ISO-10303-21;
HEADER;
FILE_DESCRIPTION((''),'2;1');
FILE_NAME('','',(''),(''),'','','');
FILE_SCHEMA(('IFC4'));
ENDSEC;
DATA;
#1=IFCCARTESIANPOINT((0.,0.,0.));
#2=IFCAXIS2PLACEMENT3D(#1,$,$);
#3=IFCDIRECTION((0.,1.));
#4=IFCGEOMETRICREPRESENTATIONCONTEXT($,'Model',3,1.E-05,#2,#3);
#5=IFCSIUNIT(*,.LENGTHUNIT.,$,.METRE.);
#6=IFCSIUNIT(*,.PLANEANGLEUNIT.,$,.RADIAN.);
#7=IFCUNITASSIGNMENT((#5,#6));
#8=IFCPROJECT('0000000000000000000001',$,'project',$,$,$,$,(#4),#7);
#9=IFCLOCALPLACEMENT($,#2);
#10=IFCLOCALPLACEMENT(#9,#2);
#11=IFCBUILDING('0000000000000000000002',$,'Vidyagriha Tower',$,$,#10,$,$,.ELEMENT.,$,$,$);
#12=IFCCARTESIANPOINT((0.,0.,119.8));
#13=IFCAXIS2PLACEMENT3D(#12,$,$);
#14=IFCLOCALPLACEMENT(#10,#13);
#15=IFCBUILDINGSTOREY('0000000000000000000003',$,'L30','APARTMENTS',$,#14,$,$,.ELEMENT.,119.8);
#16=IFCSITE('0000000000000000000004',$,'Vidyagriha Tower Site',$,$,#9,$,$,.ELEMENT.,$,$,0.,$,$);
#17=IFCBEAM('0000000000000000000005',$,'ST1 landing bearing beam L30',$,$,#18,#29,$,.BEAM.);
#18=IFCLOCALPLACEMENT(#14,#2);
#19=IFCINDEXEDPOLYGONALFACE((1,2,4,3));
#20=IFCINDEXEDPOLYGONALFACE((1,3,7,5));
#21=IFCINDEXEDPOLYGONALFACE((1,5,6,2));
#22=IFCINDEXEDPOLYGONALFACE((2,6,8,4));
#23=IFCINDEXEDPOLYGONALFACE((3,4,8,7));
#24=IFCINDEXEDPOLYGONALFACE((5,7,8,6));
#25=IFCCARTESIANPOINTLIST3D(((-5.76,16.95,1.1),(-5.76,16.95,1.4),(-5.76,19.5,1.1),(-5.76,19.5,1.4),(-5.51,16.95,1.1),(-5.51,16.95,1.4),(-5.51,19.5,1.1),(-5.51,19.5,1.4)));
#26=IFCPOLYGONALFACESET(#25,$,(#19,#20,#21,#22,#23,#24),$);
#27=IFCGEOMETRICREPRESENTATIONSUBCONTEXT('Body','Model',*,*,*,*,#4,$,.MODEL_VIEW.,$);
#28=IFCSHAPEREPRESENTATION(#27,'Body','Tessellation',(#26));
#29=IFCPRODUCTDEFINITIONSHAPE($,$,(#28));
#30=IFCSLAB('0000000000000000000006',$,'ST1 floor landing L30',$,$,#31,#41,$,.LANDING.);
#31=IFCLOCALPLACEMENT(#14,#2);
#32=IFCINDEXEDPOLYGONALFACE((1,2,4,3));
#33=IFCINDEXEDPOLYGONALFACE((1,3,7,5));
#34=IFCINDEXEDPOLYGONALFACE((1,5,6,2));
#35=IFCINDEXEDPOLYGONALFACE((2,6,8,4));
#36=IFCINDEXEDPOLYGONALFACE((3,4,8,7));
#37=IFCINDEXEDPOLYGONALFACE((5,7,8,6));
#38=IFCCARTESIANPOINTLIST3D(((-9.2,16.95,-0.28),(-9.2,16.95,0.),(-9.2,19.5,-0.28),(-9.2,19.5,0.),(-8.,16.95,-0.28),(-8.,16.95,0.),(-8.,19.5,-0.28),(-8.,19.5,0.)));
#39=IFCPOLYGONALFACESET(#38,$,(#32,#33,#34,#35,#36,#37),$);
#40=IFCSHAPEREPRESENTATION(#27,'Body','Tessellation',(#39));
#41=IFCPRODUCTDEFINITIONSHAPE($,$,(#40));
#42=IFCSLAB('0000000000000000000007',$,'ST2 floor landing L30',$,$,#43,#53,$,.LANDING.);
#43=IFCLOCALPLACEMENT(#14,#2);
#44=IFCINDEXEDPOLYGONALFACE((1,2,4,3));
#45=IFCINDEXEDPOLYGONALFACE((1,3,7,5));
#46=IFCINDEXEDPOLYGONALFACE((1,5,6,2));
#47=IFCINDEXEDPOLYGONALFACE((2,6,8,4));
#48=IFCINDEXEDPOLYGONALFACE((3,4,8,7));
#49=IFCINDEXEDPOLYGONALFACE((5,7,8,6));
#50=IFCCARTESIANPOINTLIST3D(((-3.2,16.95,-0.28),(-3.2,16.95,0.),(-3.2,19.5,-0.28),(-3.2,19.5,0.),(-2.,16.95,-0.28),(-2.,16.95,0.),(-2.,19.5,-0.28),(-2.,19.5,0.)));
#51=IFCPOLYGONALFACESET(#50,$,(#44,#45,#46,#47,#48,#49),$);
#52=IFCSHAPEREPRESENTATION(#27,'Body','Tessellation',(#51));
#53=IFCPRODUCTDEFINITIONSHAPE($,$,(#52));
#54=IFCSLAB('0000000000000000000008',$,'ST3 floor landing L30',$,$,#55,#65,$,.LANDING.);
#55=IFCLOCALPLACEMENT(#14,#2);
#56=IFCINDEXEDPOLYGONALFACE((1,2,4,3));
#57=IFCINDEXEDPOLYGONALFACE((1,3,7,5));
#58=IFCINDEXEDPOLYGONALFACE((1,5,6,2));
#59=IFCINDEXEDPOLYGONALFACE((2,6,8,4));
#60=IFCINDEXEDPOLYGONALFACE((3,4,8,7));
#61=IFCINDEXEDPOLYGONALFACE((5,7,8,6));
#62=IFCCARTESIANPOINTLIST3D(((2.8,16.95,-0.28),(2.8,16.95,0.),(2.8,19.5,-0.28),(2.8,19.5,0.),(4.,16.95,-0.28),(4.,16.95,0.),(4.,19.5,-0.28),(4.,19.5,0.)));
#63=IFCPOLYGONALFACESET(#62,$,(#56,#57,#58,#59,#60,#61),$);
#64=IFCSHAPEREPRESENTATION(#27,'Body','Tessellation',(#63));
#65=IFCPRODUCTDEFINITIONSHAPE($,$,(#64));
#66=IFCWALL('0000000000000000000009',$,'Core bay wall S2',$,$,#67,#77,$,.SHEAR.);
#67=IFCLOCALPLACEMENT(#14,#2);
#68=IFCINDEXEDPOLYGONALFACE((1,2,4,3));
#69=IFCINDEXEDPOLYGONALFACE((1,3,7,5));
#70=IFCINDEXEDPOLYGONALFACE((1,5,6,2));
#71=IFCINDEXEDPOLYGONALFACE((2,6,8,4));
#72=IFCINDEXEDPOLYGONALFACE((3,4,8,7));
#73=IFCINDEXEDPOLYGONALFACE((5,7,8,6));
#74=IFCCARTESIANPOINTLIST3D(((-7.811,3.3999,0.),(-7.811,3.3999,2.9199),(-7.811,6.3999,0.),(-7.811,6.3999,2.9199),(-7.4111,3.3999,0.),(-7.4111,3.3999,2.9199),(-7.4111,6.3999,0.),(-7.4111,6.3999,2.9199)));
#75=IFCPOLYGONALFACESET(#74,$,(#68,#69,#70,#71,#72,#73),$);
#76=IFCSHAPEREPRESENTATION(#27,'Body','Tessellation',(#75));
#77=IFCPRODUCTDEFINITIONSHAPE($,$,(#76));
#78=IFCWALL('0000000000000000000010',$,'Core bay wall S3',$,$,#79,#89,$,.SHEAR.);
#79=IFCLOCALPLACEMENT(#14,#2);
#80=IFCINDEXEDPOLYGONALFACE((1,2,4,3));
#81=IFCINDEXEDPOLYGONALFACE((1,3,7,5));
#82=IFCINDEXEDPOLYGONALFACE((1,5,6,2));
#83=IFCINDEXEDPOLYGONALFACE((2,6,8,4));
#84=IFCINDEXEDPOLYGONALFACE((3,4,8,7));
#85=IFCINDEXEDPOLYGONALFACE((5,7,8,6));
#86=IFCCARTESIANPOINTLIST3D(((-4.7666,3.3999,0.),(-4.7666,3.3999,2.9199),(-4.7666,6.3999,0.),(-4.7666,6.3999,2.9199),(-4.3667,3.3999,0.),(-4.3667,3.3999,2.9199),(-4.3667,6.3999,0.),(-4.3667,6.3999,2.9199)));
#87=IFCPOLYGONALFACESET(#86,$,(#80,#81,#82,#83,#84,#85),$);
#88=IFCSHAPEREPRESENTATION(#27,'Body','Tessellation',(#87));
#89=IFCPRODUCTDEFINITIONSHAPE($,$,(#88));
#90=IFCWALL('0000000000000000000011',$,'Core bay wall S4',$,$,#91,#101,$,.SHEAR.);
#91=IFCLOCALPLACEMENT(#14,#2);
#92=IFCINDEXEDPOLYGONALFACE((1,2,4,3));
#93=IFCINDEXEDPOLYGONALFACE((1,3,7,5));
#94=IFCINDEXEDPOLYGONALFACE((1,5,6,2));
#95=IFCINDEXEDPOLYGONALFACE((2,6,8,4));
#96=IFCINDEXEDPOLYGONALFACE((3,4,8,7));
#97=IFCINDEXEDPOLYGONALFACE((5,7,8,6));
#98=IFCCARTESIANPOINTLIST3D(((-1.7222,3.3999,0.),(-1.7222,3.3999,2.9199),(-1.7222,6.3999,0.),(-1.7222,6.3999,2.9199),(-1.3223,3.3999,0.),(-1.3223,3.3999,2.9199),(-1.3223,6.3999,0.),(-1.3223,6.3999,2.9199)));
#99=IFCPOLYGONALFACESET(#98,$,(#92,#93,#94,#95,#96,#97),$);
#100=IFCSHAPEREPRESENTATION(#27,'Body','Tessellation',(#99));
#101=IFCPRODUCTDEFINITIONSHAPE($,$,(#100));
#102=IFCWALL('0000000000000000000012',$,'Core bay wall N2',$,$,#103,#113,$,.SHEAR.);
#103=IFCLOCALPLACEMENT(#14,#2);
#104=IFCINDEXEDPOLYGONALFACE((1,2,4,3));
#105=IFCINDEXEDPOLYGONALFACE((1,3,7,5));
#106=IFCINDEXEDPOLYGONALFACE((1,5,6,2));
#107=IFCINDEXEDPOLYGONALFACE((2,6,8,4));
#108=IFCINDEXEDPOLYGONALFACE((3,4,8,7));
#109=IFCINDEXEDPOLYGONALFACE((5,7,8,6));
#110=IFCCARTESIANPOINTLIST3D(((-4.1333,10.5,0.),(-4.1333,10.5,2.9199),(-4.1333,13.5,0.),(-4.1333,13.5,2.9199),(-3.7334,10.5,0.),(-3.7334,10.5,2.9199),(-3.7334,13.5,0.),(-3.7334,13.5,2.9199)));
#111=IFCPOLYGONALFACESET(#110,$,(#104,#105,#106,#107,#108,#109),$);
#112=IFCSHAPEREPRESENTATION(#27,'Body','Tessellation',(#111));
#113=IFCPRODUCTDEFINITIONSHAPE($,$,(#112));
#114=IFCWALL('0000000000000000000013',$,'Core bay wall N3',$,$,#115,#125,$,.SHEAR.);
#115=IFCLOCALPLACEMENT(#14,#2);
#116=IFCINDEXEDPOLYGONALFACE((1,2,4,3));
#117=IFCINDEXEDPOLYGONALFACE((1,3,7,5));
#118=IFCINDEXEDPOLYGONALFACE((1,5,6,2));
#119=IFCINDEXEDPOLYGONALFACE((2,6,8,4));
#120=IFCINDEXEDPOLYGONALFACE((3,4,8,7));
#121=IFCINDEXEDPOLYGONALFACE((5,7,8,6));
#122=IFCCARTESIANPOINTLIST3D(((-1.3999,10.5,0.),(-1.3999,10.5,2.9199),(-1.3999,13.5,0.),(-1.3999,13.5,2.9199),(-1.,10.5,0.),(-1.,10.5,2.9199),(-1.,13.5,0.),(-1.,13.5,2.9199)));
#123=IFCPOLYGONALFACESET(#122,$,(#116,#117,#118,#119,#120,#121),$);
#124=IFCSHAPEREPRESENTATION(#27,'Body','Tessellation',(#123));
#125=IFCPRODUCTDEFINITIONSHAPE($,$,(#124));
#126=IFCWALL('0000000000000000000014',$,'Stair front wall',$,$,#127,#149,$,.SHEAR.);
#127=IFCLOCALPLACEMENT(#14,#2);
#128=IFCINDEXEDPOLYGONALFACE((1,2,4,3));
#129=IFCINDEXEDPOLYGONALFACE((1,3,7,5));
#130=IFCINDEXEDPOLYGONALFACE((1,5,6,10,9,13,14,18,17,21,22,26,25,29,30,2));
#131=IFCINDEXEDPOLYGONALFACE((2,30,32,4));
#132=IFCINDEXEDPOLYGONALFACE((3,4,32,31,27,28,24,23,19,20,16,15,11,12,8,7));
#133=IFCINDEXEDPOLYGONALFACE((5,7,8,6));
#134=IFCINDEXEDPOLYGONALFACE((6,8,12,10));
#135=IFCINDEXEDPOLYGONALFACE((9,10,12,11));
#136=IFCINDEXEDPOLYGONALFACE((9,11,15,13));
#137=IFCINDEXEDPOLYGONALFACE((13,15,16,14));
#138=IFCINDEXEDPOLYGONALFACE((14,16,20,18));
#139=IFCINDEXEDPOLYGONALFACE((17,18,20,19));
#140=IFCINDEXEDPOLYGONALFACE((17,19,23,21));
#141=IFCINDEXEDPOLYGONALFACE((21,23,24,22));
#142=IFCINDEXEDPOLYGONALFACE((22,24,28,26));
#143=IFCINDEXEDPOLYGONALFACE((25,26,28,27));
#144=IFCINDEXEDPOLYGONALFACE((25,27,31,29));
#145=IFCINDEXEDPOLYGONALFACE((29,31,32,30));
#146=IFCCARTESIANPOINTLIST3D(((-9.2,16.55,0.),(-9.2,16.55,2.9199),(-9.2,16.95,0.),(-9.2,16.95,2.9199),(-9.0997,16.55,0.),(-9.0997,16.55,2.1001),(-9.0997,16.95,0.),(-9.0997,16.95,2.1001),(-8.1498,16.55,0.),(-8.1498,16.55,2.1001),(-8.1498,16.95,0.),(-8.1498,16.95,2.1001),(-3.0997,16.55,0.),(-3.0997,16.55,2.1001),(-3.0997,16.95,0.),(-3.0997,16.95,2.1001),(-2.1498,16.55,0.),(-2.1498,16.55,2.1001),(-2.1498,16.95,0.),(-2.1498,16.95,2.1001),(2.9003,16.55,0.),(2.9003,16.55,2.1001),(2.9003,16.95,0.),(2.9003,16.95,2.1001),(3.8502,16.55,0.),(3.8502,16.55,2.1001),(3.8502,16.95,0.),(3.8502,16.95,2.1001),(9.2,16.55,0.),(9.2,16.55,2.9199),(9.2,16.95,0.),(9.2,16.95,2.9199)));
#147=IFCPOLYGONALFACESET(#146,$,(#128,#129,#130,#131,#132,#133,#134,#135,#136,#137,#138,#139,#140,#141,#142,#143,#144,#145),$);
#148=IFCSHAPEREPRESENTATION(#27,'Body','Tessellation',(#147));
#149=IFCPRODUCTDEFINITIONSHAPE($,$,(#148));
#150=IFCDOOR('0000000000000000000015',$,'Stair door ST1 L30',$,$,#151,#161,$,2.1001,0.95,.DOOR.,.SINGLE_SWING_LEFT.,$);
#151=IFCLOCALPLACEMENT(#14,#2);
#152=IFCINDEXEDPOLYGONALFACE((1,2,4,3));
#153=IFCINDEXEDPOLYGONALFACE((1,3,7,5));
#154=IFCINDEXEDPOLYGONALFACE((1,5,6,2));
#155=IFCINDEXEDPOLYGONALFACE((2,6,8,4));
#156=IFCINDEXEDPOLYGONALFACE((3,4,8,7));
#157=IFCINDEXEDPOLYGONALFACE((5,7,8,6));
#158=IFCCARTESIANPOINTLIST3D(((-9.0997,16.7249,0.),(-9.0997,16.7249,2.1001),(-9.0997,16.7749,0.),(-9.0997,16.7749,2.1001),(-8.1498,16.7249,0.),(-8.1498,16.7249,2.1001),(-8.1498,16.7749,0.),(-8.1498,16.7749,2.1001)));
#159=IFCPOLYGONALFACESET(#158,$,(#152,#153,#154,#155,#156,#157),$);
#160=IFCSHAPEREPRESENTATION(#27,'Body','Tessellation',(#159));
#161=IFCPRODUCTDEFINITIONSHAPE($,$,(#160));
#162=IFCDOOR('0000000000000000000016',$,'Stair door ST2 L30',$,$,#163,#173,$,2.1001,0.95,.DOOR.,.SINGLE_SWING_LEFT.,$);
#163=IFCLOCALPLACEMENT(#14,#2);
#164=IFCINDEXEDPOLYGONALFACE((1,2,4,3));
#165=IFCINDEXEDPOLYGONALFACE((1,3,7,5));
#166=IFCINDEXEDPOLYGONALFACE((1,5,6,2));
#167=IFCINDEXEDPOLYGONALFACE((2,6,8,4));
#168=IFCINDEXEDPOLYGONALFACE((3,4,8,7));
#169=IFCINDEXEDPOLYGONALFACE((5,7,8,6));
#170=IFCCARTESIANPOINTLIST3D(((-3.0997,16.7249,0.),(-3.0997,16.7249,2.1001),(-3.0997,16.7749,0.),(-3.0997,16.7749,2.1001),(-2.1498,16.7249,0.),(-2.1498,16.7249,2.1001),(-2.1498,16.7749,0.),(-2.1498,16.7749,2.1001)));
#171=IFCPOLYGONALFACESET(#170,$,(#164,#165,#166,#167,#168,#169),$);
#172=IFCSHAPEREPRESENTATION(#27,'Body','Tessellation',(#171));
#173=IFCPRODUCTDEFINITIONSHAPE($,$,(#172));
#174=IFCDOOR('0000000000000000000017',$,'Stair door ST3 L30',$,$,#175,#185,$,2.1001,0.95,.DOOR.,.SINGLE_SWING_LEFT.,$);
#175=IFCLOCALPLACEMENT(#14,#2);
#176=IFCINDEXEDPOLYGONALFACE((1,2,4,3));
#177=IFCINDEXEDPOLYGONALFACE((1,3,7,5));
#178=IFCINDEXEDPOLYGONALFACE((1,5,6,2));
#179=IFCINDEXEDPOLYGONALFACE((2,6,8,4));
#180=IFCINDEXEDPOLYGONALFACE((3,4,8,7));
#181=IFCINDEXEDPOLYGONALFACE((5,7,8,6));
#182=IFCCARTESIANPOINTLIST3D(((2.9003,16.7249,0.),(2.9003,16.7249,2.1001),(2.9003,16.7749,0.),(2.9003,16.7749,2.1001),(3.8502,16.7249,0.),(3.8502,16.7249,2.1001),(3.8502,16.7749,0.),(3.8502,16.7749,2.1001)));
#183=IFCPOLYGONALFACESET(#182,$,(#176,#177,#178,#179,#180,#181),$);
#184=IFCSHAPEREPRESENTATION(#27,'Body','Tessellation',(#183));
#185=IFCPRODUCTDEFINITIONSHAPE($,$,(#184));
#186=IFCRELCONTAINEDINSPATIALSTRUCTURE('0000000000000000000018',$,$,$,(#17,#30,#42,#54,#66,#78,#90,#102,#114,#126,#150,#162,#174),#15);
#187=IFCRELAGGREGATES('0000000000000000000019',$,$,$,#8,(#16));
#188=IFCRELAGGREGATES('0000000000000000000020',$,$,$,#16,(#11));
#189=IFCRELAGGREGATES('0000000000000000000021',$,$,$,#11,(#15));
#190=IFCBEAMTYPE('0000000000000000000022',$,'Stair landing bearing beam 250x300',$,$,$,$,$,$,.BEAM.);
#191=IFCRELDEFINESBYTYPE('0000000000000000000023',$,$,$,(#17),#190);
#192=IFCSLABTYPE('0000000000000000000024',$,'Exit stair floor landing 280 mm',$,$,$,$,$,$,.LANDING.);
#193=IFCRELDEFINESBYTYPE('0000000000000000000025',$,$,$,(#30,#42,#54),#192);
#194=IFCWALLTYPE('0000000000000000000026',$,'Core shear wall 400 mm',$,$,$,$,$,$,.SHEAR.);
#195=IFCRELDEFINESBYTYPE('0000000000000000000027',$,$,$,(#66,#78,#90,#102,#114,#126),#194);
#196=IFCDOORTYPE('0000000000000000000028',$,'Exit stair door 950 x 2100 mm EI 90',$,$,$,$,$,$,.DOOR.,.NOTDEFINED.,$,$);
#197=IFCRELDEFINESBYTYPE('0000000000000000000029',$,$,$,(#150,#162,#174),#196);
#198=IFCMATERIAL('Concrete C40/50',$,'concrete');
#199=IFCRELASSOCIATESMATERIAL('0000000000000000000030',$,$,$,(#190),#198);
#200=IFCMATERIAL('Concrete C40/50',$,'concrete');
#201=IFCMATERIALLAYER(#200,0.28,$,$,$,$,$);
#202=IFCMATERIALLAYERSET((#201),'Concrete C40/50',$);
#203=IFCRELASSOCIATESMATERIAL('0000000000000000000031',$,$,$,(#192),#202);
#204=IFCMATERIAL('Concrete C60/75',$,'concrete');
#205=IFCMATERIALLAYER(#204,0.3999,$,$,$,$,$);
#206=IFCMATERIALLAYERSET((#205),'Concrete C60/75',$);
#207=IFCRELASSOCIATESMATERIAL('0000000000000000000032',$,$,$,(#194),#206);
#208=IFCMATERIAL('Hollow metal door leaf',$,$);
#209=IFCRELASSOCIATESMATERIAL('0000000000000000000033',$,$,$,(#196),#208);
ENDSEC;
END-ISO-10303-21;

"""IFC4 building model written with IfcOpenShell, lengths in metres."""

from ifc_helpers import new_model, si_unit, direction, frame, frame_2d, origin, origin_2d, place, context, subcontext, project, spatial, polyline, rectangle, outline, extrude, material, layer, layer_set, material_profile, profile_set, type_object, element, fill, save


model = new_model("IFC4")

# Units and contexts
model_context = context("Model", 3, precision=1e-05, world=origin(), true_north=direction((0.0, 1.0)))
body_context = subcontext(model_context, "Body", "Model", "MODEL_VIEW")
ifc_project = project(units=[si_unit("LENGTHUNIT", "METRE"), si_unit("PLANEANGLEUNIT", "RADIAN")], contexts=[model_context])

# Site, building, storey
site_placement = place(None, origin())
site = spatial("IfcSite", under=ifc_project, at=site_placement, Name="Vidyagriha Tower Site", CompositionType="ELEMENT", RefElevation=0.0)
building_placement = place(site_placement, origin())
building = spatial("IfcBuilding", under=site, at=building_placement, Name="Vidyagriha Tower", CompositionType="ELEMENT")
storey_placement = place(building_placement, frame((0.0, 0.0, 119.8)))
storey = spatial("IfcBuildingStorey", under=building, at=storey_placement, Name="L30", Description="APARTMENTS", CompositionType="ELEMENT", Elevation=119.8)

# Beam
ifc_material_1 = material(Name="Concrete C40/50", Category="concrete")
ifc_material_profile = material_profile(ifc_material_1, rectangle(XDim=0.25, YDim=0.3, at=origin_2d()), Name="Stair landing bearing beam 250x300")
ifc_profile_set = profile_set([ifc_material_profile], Name="Concrete C40/50")
beam_type = type_object("IfcBeamType", Name="Stair landing bearing beam 250x300", PredefinedType="BEAM", material=ifc_profile_set)
beam_placement = place(storey_placement, frame((-5.635, 16.95, 1.25), z_axis=(0.0, 1.0, 0.0), x_axis=(-1.0, 0.0, 0.0)))
element("IfcBeam", 1, at=beam_placement, inside=storey, type_object=beam_type, Name="ST1 landing bearing beam L30", PredefinedType="BEAM", context=body_context, shape_type="SweptSolid", body=[
    extrude(rectangle(XDim=0.25, YDim=0.3, at=origin_2d()), origin(), (0.0, 0.0, 1.0), 2.55),
])

# Slabs
ifc_material_2 = material(Name="Concrete C40/50", Category="concrete")
ifc_layer_1 = layer(ifc_material_2, 0.28)
ifc_layer_set_1 = layer_set([ifc_layer_1], Name="Concrete C40/50")
slab_type = type_object("IfcSlabType", Name="Exit stair floor landing 280 mm", PredefinedType="LANDING", material=ifc_layer_set_1)
slab_1_placement = place(storey_placement, frame((0.0, 0.0, -0.28)))
element("IfcSlab", 2, at=slab_1_placement, inside=storey, type_object=slab_type, Name="ST1 floor landing L30", PredefinedType="LANDING", context=body_context, shape_type="SweptSolid", body=[
    extrude(outline(polyline([(-9.2, 16.95), (-8.0, 16.95), (-8.0, 19.5), (-9.2, 19.5), (-9.2, 16.95)])), origin(), (0.0, 0.0, 1.0), 0.28),
])
slab_2_placement = place(storey_placement, frame((0.0, 0.0, -0.28)))
element("IfcSlab", 3, at=slab_2_placement, inside=storey, type_object=slab_type, Name="ST2 floor landing L30", PredefinedType="LANDING", context=body_context, shape_type="SweptSolid", body=[
    extrude(outline(polyline([(-3.2, 16.95), (-2.0, 16.95), (-2.0, 19.5), (-3.2, 19.5), (-3.2, 16.95)])), origin(), (0.0, 0.0, 1.0), 0.28),
])
slab_3_placement = place(storey_placement, frame((0.0, 0.0, -0.28)))
element("IfcSlab", 4, at=slab_3_placement, inside=storey, type_object=slab_type, Name="ST3 floor landing L30", PredefinedType="LANDING", context=body_context, shape_type="SweptSolid", body=[
    extrude(outline(polyline([(2.8, 16.95), (4.0, 16.95), (4.0, 19.5), (2.8, 19.5), (2.8, 16.95)])), origin(), (0.0, 0.0, 1.0), 0.28),
])

# Walls
ifc_material_3 = material(Name="Concrete C60/75", Category="concrete")
ifc_layer_2 = layer(ifc_material_3, 0.3999)
ifc_layer_set_2 = layer_set([ifc_layer_2], Name="Concrete C60/75")
wall_type_1 = type_object("IfcWallType", Name="Core shear wall 400 mm", PredefinedType="SHEAR", material=ifc_layer_set_2)
for number, where, z_axis, x_axis, name in (
    (5, (-7.6111, 3.3999, 0.0), (0.0, 0.0, 1.0), (0.0, 1.0, 0.0), "Core bay wall S2"),
    (6, (-4.5667, 3.3999, 0.0), (0.0, 0.0, 1.0), (0.0, 1.0, 0.0), "Core bay wall S3"),
    (7, (-1.5222, 3.3999, 0.0), (0.0, 0.0, 1.0), (0.0, 1.0, 0.0), "Core bay wall S4"),
    (8, (-3.9333, 10.5, 0.0), (0.0, 0.0, 1.0), (0.0, 1.0, 0.0), "Core bay wall N2"),
    (9, (-1.2, 10.5, 0.0), (0.0, 0.0, 1.0), (0.0, 1.0, 0.0), "Core bay wall N3"),
):
    element("IfcWall", number, at=place(storey_placement, frame(where, z_axis=z_axis, x_axis=x_axis)), inside=storey, type_object=wall_type_1, Name=name, PredefinedType="SHEAR", context=body_context, shape_type="SweptSolid", body=[
        extrude(rectangle(XDim=3.0, YDim=0.3999, at=frame_2d((1.5, 0.0))), origin(), (0.0, 0.0, 1.0), 2.9199),
    ])

# Wall, openings, doors
wall_1_placement = place(storey_placement, frame((-9.2, 16.75, 0.0)))
wall_1 = element("IfcWall", 10, at=wall_1_placement, inside=storey, type_object=wall_type_1, Name="Stair front wall", PredefinedType="SHEAR", context=body_context, shape_type="SweptSolid", body=[
    extrude(rectangle(XDim=18.3999, YDim=0.3999, at=frame_2d((9.2, 0.0))), origin(), (0.0, 0.0, 1.0), 2.9199),
])
opening_1_placement = place(wall_1_placement, frame((0.1001, 0.0, 0.0)))
opening_1 = element("IfcOpeningElement", 11, at=opening_1_placement, cuts=wall_1, PredefinedType="OPENING", context=body_context, shape_type="SweptSolid", body=[
    extrude(rectangle(XDim=0.95, YDim=2.1001, at=frame_2d((0.4751, 1.05))), frame((0.0, 0.21, 0.0), z_axis=(0.0, -1.0, 0.0), x_axis=(1.0, 0.0, 0.0)), (0.0, 0.0, 1.0), 0.4199),
])
opening_2_placement = place(wall_1_placement, frame((6.1001, 0.0, 0.0)))
opening_2 = element("IfcOpeningElement", 12, at=opening_2_placement, cuts=wall_1, PredefinedType="OPENING", context=body_context, shape_type="SweptSolid", body=[
    extrude(rectangle(XDim=0.95, YDim=2.1001, at=frame_2d((0.4751, 1.05))), frame((0.0, 0.21, 0.0), z_axis=(0.0, -1.0, 0.0), x_axis=(1.0, 0.0, 0.0)), (0.0, 0.0, 1.0), 0.4199),
])
opening_3_placement = place(wall_1_placement, frame((12.1001, 0.0, 0.0)))
opening_3 = element("IfcOpeningElement", 13, at=opening_3_placement, cuts=wall_1, PredefinedType="OPENING", context=body_context, shape_type="SweptSolid", body=[
    extrude(rectangle(XDim=0.95, YDim=2.1001, at=frame_2d((0.4751, 1.05))), frame((0.0, 0.21, 0.0), z_axis=(0.0, -1.0, 0.0), x_axis=(1.0, 0.0, 0.0)), (0.0, 0.0, 1.0), 0.4199),
])
ifc_material_4 = material(Name="Hollow metal door leaf")
door_type = type_object("IfcDoorType", Name="Exit stair door 950 x 2100 mm EI 90", OperationType="NOTDEFINED", PredefinedType="DOOR", material=ifc_material_4)
door_1_placement = place(opening_1_placement, origin())
door_1 = element("IfcDoor", 14, at=door_1_placement, inside=storey, type_object=door_type, Name="Stair door ST1 L30", OperationType="SINGLE_SWING_LEFT", OverallHeight=2.1001, OverallWidth=0.95, PredefinedType="DOOR", context=body_context, shape_type="SweptSolid", body=[
    extrude(rectangle(XDim=0.95, YDim=2.1001, at=frame_2d((0.4751, 1.05))), frame((0.0, 0.0249, 0.0), z_axis=(0.0, -1.0, 0.0), x_axis=(1.0, 0.0, 0.0)), (0.0, 0.0, 1.0), 0.05),
])
fill(opening_1, door_1)
door_2_placement = place(opening_2_placement, origin())
door_2 = element("IfcDoor", 15, at=door_2_placement, inside=storey, type_object=door_type, Name="Stair door ST2 L30", OperationType="SINGLE_SWING_LEFT", OverallHeight=2.1001, OverallWidth=0.95, PredefinedType="DOOR", context=body_context, shape_type="SweptSolid", body=[
    extrude(rectangle(XDim=0.95, YDim=2.1001, at=frame_2d((0.4751, 1.05))), frame((0.0, 0.0249, 0.0), z_axis=(0.0, -1.0, 0.0), x_axis=(1.0, 0.0, 0.0)), (0.0, 0.0, 1.0), 0.05),
])
fill(opening_2, door_2)
door_3_placement = place(opening_3_placement, origin())
door_3 = element("IfcDoor", 16, at=door_3_placement, inside=storey, type_object=door_type, Name="Stair door ST3 L30", OperationType="SINGLE_SWING_LEFT", OverallHeight=2.1001, OverallWidth=0.95, PredefinedType="DOOR", context=body_context, shape_type="SweptSolid", body=[
    extrude(rectangle(XDim=0.95, YDim=2.1001, at=frame_2d((0.4751, 1.05))), frame((0.0, 0.0249, 0.0), z_axis=(0.0, -1.0, 0.0), x_axis=(1.0, 0.0, 0.0)), (0.0, 0.0, 1.0), 0.05),
])
fill(opening_3, door_3)

save(model, "model.ifc")
